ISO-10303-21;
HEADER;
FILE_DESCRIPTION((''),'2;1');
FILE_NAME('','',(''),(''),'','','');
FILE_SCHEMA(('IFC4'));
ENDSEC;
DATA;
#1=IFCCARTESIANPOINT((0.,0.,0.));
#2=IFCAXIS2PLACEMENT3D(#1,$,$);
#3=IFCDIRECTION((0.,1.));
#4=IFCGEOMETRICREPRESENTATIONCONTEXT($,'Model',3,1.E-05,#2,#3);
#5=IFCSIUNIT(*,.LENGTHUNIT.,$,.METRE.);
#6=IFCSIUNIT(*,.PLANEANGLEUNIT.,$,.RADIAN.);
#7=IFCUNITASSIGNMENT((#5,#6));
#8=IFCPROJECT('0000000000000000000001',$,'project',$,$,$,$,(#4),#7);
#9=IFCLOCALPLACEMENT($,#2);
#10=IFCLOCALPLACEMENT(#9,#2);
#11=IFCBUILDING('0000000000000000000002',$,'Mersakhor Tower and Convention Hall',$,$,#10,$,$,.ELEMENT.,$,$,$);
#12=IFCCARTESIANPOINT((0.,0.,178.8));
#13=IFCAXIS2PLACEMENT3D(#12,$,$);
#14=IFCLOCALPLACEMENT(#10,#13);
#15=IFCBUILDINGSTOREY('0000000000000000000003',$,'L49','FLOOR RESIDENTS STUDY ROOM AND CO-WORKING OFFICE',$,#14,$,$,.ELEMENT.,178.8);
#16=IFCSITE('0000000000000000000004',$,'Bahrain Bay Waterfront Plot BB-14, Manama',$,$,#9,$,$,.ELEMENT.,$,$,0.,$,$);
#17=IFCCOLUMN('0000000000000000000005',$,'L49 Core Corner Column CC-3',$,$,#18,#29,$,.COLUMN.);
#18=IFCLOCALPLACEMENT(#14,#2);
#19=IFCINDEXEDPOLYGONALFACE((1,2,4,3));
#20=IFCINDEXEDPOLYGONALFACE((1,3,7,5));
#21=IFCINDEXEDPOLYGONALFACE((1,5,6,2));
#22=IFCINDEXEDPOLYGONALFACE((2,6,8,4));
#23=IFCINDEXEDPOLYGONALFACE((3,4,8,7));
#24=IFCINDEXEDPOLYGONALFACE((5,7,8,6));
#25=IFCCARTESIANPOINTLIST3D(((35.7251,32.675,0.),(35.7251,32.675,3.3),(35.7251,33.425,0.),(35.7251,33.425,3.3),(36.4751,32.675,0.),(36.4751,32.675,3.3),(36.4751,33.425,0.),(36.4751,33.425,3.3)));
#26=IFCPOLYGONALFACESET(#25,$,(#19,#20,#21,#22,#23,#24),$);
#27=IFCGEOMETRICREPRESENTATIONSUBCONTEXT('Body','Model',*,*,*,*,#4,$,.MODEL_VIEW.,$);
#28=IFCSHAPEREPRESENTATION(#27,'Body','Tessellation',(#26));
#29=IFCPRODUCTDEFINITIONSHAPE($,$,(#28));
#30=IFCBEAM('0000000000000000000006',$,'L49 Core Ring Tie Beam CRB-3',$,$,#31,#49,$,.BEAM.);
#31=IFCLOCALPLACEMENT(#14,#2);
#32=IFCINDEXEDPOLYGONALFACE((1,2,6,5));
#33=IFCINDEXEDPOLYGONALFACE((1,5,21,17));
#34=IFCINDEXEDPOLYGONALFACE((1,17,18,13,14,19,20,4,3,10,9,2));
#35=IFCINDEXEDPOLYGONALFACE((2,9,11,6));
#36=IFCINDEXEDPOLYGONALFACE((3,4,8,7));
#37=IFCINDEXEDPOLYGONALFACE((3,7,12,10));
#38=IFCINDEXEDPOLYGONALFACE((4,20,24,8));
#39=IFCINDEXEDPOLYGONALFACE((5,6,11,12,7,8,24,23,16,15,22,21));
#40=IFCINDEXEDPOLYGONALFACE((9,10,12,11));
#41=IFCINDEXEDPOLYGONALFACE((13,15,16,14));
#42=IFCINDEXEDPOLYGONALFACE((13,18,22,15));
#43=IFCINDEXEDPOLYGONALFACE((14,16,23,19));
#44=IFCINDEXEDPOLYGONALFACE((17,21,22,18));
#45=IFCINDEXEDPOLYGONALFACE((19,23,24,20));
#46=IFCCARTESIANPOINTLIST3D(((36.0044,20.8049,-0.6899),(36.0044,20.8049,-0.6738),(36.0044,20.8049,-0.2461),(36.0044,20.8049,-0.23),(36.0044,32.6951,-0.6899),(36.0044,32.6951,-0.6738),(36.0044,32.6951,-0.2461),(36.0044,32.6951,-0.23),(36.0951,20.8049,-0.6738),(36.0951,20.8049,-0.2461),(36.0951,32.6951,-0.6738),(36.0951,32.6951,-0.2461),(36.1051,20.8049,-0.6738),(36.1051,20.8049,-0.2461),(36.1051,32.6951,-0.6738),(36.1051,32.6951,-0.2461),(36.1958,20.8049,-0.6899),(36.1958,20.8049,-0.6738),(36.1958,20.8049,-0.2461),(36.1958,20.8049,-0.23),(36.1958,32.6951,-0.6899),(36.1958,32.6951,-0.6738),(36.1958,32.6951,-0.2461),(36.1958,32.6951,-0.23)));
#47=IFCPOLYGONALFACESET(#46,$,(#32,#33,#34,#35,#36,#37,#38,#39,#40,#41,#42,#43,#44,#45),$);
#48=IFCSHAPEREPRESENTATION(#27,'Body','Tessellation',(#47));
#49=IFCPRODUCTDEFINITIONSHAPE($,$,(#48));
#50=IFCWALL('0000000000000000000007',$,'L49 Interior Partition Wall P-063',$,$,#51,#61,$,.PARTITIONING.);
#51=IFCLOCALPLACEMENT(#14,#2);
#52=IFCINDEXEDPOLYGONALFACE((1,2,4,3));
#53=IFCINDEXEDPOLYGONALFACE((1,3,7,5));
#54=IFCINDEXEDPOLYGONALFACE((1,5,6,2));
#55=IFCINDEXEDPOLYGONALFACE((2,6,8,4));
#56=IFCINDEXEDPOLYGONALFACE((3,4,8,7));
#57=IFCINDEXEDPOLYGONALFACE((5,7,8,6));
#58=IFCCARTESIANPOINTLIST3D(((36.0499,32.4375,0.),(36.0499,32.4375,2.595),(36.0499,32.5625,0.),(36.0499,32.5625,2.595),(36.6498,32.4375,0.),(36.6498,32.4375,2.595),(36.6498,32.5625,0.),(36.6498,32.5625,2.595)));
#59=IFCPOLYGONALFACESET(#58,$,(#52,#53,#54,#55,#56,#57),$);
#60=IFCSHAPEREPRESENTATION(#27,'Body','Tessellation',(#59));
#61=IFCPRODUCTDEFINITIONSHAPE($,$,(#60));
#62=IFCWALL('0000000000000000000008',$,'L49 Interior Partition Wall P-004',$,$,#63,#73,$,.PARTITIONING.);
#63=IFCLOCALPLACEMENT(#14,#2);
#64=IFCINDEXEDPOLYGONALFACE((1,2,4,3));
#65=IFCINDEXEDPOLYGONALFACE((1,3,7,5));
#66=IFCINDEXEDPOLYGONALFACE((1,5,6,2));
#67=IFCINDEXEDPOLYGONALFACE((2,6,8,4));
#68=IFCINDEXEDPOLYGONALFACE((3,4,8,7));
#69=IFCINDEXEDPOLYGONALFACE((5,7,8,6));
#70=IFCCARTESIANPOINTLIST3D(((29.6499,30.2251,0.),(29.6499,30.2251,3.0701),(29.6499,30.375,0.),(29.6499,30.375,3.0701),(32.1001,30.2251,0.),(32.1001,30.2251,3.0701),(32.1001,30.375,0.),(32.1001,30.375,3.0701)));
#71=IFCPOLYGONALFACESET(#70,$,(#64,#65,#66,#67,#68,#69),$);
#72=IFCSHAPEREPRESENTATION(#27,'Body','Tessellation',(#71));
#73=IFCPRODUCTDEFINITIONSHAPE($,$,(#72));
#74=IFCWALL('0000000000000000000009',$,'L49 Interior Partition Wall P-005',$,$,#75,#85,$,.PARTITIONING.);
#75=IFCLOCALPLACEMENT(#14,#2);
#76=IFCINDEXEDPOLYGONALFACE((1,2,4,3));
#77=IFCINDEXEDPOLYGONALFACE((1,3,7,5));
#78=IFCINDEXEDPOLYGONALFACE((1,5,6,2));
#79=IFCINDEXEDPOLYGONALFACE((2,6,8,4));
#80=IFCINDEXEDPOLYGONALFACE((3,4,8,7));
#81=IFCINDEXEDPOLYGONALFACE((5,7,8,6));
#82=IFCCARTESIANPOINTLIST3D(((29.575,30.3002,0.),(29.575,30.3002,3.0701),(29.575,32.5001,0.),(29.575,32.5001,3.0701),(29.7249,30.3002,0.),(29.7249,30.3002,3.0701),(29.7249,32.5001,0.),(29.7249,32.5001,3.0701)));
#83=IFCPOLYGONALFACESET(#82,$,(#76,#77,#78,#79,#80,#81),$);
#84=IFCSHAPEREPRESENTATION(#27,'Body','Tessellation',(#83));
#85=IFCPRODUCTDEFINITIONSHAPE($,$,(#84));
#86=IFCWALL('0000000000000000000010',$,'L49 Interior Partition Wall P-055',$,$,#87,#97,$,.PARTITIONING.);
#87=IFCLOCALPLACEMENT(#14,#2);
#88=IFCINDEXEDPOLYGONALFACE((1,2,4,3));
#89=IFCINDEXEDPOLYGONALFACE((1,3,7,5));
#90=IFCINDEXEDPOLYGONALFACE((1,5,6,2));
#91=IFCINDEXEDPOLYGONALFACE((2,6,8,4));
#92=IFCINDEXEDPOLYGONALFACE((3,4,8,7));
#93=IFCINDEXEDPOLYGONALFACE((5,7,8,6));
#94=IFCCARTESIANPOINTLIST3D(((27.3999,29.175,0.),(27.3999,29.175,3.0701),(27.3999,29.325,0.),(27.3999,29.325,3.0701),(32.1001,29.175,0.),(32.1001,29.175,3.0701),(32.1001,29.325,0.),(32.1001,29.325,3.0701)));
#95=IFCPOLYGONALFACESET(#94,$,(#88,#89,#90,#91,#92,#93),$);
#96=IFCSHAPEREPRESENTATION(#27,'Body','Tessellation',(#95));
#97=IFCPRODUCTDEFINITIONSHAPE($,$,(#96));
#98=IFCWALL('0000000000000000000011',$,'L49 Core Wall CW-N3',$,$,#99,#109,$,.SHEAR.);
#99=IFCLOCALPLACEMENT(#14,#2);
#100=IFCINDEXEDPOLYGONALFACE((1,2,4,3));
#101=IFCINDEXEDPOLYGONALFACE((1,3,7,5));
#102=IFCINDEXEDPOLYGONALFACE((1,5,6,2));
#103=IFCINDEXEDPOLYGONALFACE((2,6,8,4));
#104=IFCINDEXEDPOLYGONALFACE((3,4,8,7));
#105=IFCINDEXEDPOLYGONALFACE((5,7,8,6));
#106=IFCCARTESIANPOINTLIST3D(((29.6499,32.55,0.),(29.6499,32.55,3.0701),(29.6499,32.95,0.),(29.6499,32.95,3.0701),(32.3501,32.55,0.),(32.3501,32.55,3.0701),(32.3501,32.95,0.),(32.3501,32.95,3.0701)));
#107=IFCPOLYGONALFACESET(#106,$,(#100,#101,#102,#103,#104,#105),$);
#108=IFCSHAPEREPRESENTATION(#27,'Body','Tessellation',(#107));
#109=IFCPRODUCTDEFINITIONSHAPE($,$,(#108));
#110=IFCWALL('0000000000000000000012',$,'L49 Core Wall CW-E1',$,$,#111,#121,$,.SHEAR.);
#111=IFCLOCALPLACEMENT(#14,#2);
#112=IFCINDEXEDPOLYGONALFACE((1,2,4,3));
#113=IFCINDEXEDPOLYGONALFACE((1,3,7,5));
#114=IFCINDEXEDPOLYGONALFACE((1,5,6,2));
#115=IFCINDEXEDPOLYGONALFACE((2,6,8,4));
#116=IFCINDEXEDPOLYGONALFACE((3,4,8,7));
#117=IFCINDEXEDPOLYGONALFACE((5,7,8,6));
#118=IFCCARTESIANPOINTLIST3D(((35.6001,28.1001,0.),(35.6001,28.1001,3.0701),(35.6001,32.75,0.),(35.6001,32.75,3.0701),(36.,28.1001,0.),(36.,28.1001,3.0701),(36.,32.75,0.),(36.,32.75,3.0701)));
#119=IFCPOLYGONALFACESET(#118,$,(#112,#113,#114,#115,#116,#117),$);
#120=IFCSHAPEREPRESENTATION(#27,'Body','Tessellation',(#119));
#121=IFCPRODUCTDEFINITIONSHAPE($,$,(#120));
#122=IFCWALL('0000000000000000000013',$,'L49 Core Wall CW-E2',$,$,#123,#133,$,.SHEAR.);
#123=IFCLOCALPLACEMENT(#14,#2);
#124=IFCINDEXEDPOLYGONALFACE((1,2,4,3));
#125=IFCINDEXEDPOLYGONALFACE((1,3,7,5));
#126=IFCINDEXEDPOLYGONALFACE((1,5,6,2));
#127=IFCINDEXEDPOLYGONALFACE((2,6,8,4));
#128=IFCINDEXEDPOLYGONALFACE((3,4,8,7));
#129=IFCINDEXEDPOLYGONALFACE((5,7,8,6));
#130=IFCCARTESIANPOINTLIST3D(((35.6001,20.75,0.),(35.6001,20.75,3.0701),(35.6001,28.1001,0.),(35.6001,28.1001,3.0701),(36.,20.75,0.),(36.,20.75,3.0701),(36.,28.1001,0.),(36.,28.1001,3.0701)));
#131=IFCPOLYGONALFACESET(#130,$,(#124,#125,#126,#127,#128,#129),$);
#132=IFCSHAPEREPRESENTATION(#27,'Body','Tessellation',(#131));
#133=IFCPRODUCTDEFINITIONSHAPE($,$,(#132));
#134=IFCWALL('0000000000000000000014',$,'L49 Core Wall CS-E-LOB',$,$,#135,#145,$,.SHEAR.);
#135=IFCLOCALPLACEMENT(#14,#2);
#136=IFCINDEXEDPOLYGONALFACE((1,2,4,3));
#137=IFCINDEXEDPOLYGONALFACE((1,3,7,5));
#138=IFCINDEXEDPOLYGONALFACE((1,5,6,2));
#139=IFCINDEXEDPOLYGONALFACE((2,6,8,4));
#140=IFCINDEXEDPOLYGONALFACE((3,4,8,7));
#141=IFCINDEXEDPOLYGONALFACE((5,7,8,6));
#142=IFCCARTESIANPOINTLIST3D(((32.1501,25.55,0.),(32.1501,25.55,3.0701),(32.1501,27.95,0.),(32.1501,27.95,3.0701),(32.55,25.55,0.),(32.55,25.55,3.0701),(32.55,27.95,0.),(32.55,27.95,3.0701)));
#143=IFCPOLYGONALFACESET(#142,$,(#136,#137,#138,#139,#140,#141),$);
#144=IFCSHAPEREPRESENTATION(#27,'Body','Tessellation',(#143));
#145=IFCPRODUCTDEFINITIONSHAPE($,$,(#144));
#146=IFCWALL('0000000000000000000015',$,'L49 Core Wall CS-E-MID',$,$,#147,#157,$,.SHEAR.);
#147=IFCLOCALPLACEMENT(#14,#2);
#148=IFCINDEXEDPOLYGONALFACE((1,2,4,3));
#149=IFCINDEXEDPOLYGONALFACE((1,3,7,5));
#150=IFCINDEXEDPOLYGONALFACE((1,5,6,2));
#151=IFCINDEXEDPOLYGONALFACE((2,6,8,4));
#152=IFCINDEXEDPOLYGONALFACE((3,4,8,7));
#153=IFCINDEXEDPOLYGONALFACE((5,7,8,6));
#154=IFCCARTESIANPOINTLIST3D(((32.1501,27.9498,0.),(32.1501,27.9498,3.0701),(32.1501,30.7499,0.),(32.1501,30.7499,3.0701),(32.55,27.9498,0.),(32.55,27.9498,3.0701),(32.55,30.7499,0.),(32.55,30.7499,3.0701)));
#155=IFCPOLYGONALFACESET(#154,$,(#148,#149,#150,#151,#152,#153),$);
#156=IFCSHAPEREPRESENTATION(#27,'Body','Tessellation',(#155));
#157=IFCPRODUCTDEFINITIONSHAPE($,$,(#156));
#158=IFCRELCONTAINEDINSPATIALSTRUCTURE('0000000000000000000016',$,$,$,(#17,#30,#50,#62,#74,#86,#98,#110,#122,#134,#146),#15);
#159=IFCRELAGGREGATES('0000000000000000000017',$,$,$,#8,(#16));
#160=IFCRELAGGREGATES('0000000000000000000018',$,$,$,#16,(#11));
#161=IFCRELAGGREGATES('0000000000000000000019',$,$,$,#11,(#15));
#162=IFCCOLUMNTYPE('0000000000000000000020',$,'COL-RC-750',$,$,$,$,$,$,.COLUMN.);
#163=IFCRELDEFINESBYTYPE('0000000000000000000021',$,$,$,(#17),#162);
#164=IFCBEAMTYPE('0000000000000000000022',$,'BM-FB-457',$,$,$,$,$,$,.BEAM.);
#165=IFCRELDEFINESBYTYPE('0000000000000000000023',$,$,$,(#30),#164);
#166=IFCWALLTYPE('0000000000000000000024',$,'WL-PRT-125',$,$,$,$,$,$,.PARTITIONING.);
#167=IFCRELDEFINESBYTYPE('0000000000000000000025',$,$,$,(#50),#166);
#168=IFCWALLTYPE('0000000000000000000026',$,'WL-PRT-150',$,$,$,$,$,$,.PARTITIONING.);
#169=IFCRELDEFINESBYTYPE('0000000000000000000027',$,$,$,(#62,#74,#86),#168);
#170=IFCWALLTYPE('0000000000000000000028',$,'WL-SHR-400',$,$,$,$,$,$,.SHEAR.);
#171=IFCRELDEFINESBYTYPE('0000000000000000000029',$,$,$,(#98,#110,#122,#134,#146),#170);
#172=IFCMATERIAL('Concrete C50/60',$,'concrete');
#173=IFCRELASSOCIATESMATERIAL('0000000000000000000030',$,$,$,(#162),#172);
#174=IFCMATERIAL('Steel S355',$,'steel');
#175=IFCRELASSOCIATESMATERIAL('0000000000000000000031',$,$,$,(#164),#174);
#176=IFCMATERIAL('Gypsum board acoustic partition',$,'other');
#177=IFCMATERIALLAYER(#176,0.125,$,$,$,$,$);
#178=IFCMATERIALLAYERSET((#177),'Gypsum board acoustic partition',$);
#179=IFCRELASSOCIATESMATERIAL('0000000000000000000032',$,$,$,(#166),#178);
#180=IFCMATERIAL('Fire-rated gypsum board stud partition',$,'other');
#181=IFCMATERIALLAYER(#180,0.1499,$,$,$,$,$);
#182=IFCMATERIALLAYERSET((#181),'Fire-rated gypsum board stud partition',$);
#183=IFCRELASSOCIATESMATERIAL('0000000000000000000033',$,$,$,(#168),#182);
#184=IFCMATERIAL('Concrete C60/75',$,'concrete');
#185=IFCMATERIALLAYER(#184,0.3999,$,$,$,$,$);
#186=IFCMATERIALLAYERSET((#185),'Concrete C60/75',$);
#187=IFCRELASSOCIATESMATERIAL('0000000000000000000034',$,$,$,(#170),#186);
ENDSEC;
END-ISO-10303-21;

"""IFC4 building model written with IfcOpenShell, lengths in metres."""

from ifc_helpers import new_model, si_unit, direction, frame, frame_2d, origin, origin_2d, place, context, subcontext, project, spatial, rectangle, i_section, extrude, material, layer, layer_set, material_profile, profile_set, type_object, element, save


model = new_model("IFC4")

# Units and contexts
model_context = context("Model", 3, precision=1e-05, world=origin(), true_north=direction((0.0, 1.0)))
body_context = subcontext(model_context, "Body", "Model", "MODEL_VIEW")
ifc_project = project(units=[si_unit("LENGTHUNIT", "METRE"), si_unit("PLANEANGLEUNIT", "RADIAN")], contexts=[model_context])

# Site, building, storey
site_placement = place(None, origin())
site = spatial("IfcSite", under=ifc_project, at=site_placement, Name="Bahrain Bay Waterfront Plot BB-14, Manama", CompositionType="ELEMENT", RefElevation=0.0)
building_placement = place(site_placement, origin())
building = spatial("IfcBuilding", under=site, at=building_placement, Name="Mersakhor Tower and Convention Hall", CompositionType="ELEMENT")
storey_placement = place(building_placement, frame((0.0, 0.0, 178.8)))
storey = spatial("IfcBuildingStorey", under=building, at=storey_placement, Name="L49", Description="FLOOR RESIDENTS STUDY ROOM AND CO-WORKING OFFICE", CompositionType="ELEMENT", Elevation=178.8)

# Column
ifc_material_1 = material(Name="Concrete C50/60", Category="concrete")
ifc_material_profile_1 = material_profile(ifc_material_1, rectangle(XDim=0.75, YDim=0.75, at=origin_2d()), Name="RC 750x750")
ifc_profile_set_1 = profile_set([ifc_material_profile_1], Name="Concrete C50/60")
column_type = type_object("IfcColumnType", Name="COL-RC-750", PredefinedType="COLUMN", material=ifc_profile_set_1)
column_placement = place(storey_placement, frame((36.1001, 33.05, 0.0), z_axis=(0.0, 0.0, 1.0), x_axis=(1.0, 0.0, 0.0)))
element("IfcColumn", 1, at=column_placement, inside=storey, type_object=column_type, Name="L49 Core Corner Column CC-3", PredefinedType="COLUMN", context=body_context, shape_type="SweptSolid", body=[
    extrude(rectangle(XDim=0.75, YDim=0.75, at=origin_2d()), origin(), (0.0, 0.0, 1.0), 3.3),
])

# Beam
ifc_material_2 = material(Name="Steel S355", Category="steel")
ifc_material_profile_2 = material_profile(ifc_material_2, i_section(OverallWidth=0.1914, OverallDepth=0.46, WebThickness=0.01, FlangeThickness=0.0161, at=origin_2d()), Name="UB 457x191x82")
ifc_profile_set_2 = profile_set([ifc_material_profile_2], Name="Steel S355")
beam_type = type_object("IfcBeamType", Name="BM-FB-457", PredefinedType="BEAM", material=ifc_profile_set_2)
beam_placement = place(storey_placement, frame((36.1001, 32.6951, -0.46), z_axis=(0.0, -1.0, 0.0), x_axis=(1.0, 0.0, 0.0)))
element("IfcBeam", 2, at=beam_placement, inside=storey, type_object=beam_type, Name="L49 Core Ring Tie Beam CRB-3", PredefinedType="BEAM", context=body_context, shape_type="SweptSolid", body=[
    extrude(i_section(OverallWidth=0.1914, OverallDepth=0.46, WebThickness=0.01, FlangeThickness=0.0161, at=origin_2d()), origin(), (0.0, 0.0, 1.0), 11.8901),
])

# Walls
ifc_material_3 = material(Name="Gypsum board acoustic partition", Category="other")
ifc_layer_1 = layer(ifc_material_3, 0.125)
ifc_layer_set_1 = layer_set([ifc_layer_1], Name="Gypsum board acoustic partition")
wall_type_1 = type_object("IfcWallType", Name="WL-PRT-125", PredefinedType="PARTITIONING", material=ifc_layer_set_1)
wall_1_placement = place(storey_placement, frame((36.05, 32.5, 0.0), z_axis=(0.0, 0.0, 1.0), x_axis=(1.0, 0.0, 0.0)))
element("IfcWall", 3, at=wall_1_placement, inside=storey, type_object=wall_type_1, Name="L49 Interior Partition Wall P-063", PredefinedType="PARTITIONING", context=body_context, shape_type="SweptSolid", body=[
    extrude(rectangle(XDim=0.5999, YDim=0.125, at=frame_2d((0.2998, 0.0))), origin(), (0.0, 0.0, 1.0), 2.595),
])
ifc_material_4 = material(Name="Fire-rated gypsum board stud partition", Category="other")
ifc_layer_2 = layer(ifc_material_4, 0.1499)
ifc_layer_set_2 = layer_set([ifc_layer_2], Name="Fire-rated gypsum board stud partition")
wall_type_2 = type_object("IfcWallType", Name="WL-PRT-150", PredefinedType="PARTITIONING", material=ifc_layer_set_2)
wall_2_placement = place(storey_placement, frame((32.1001, 30.3, 0.0), z_axis=(0.0, 0.0, 1.0), x_axis=(-1.0, 0.0, 0.0)))
element("IfcWall", 4, at=wall_2_placement, inside=storey, type_object=wall_type_2, Name="L49 Interior Partition Wall P-004", PredefinedType="PARTITIONING", context=body_context, shape_type="SweptSolid", body=[
    extrude(rectangle(XDim=2.4502, YDim=0.1499, at=frame_2d((1.2251, 0.0))), origin(), (0.0, 0.0, 1.0), 3.0701),
])
wall_3_placement = place(storey_placement, frame((29.6499, 30.3, 0.0), z_axis=(0.0, 0.0, 1.0), x_axis=(0.0, 1.0, 0.0)))
element("IfcWall", 5, at=wall_3_placement, inside=storey, type_object=wall_type_2, Name="L49 Interior Partition Wall P-005", PredefinedType="PARTITIONING", context=body_context, shape_type="SweptSolid", body=[
    extrude(rectangle(XDim=2.2, YDim=0.1499, at=frame_2d((1.1001, 0.0))), origin(), (0.0, 0.0, 1.0), 3.0701),
])
wall_4_placement = place(storey_placement, frame((32.1001, 29.25, 0.0), z_axis=(0.0, 0.0, 1.0), x_axis=(-1.0, 0.0, 0.0)))
element("IfcWall", 6, at=wall_4_placement, inside=storey, type_object=wall_type_2, Name="L49 Interior Partition Wall P-055", PredefinedType="PARTITIONING", context=body_context, shape_type="SweptSolid", body=[
    extrude(rectangle(XDim=4.7002, YDim=0.1499, at=frame_2d((2.3501, 0.0))), origin(), (0.0, 0.0, 1.0), 3.0701),
])

# Wall
ifc_material_5 = material(Name="Concrete C60/75", Category="concrete")
ifc_layer_3 = layer(ifc_material_5, 0.3999)
ifc_layer_set_3 = layer_set([ifc_layer_3], Name="Concrete C60/75")
wall_type_3 = type_object("IfcWallType", Name="WL-SHR-400", PredefinedType="SHEAR", material=ifc_layer_set_3)
wall_5_placement = place(storey_placement, frame((29.6499, 32.75, 0.0), z_axis=(0.0, 0.0, 1.0), x_axis=(1.0, 0.0, 0.0)))
element("IfcWall", 7, at=wall_5_placement, inside=storey, type_object=wall_type_3, Name="L49 Core Wall CW-N3", PredefinedType="SHEAR", context=body_context, shape_type="SweptSolid", body=[
    extrude(rectangle(XDim=2.7002, YDim=0.3999, at=frame_2d((1.3501, 0.0))), origin(), (0.0, 0.0, 1.0), 3.0701),
])

# Walls
wall_6_placement = place(storey_placement, frame((35.8, 32.75, 0.0), z_axis=(0.0, 0.0, 1.0), x_axis=(0.0, -1.0, 0.0)))
element("IfcWall", 8, at=wall_6_placement, inside=storey, type_object=wall_type_3, Name="L49 Core Wall CW-E1", PredefinedType="SHEAR", context=body_context, shape_type="SweptSolid", body=[
    extrude(rectangle(XDim=4.6499, YDim=0.3999, at=frame_2d((2.325, 0.0))), origin(), (0.0, 0.0, 1.0), 3.0701),
])
wall_7_placement = place(storey_placement, frame((35.8, 28.1001, 0.0), z_axis=(0.0, 0.0, 1.0), x_axis=(0.0, -1.0, 0.0)))
element("IfcWall", 9, at=wall_7_placement, inside=storey, type_object=wall_type_3, Name="L49 Core Wall CW-E2", PredefinedType="SHEAR", context=body_context, shape_type="SweptSolid", body=[
    extrude(rectangle(XDim=7.3501, YDim=0.3999, at=frame_2d((3.675, 0.0))), origin(), (0.0, 0.0, 1.0), 3.0701),
])
wall_8_placement = place(storey_placement, frame((32.3501, 25.55, 0.0), z_axis=(0.0, 0.0, 1.0), x_axis=(0.0, 1.0, 0.0)))
element("IfcWall", 10, at=wall_8_placement, inside=storey, type_object=wall_type_3, Name="L49 Core Wall CS-E-LOB", PredefinedType="SHEAR", context=body_context, shape_type="SweptSolid", body=[
    extrude(rectangle(XDim=2.3999, YDim=0.3999, at=frame_2d((1.2, 0.0))), origin(), (0.0, 0.0, 1.0), 3.0701),
])
wall_9_placement = place(storey_placement, frame((32.3501, 27.95, 0.0), z_axis=(0.0, 0.0, 1.0), x_axis=(0.0, 1.0, 0.0)))
element("IfcWall", 11, at=wall_9_placement, inside=storey, type_object=wall_type_3, Name="L49 Core Wall CS-E-MID", PredefinedType="SHEAR", context=body_context, shape_type="SweptSolid", body=[
    extrude(rectangle(XDim=2.8, YDim=0.3999, at=frame_2d((1.3999, 0.0))), origin(), (0.0, 0.0, 1.0), 3.0701),
])

save(model, "model.ifc")
